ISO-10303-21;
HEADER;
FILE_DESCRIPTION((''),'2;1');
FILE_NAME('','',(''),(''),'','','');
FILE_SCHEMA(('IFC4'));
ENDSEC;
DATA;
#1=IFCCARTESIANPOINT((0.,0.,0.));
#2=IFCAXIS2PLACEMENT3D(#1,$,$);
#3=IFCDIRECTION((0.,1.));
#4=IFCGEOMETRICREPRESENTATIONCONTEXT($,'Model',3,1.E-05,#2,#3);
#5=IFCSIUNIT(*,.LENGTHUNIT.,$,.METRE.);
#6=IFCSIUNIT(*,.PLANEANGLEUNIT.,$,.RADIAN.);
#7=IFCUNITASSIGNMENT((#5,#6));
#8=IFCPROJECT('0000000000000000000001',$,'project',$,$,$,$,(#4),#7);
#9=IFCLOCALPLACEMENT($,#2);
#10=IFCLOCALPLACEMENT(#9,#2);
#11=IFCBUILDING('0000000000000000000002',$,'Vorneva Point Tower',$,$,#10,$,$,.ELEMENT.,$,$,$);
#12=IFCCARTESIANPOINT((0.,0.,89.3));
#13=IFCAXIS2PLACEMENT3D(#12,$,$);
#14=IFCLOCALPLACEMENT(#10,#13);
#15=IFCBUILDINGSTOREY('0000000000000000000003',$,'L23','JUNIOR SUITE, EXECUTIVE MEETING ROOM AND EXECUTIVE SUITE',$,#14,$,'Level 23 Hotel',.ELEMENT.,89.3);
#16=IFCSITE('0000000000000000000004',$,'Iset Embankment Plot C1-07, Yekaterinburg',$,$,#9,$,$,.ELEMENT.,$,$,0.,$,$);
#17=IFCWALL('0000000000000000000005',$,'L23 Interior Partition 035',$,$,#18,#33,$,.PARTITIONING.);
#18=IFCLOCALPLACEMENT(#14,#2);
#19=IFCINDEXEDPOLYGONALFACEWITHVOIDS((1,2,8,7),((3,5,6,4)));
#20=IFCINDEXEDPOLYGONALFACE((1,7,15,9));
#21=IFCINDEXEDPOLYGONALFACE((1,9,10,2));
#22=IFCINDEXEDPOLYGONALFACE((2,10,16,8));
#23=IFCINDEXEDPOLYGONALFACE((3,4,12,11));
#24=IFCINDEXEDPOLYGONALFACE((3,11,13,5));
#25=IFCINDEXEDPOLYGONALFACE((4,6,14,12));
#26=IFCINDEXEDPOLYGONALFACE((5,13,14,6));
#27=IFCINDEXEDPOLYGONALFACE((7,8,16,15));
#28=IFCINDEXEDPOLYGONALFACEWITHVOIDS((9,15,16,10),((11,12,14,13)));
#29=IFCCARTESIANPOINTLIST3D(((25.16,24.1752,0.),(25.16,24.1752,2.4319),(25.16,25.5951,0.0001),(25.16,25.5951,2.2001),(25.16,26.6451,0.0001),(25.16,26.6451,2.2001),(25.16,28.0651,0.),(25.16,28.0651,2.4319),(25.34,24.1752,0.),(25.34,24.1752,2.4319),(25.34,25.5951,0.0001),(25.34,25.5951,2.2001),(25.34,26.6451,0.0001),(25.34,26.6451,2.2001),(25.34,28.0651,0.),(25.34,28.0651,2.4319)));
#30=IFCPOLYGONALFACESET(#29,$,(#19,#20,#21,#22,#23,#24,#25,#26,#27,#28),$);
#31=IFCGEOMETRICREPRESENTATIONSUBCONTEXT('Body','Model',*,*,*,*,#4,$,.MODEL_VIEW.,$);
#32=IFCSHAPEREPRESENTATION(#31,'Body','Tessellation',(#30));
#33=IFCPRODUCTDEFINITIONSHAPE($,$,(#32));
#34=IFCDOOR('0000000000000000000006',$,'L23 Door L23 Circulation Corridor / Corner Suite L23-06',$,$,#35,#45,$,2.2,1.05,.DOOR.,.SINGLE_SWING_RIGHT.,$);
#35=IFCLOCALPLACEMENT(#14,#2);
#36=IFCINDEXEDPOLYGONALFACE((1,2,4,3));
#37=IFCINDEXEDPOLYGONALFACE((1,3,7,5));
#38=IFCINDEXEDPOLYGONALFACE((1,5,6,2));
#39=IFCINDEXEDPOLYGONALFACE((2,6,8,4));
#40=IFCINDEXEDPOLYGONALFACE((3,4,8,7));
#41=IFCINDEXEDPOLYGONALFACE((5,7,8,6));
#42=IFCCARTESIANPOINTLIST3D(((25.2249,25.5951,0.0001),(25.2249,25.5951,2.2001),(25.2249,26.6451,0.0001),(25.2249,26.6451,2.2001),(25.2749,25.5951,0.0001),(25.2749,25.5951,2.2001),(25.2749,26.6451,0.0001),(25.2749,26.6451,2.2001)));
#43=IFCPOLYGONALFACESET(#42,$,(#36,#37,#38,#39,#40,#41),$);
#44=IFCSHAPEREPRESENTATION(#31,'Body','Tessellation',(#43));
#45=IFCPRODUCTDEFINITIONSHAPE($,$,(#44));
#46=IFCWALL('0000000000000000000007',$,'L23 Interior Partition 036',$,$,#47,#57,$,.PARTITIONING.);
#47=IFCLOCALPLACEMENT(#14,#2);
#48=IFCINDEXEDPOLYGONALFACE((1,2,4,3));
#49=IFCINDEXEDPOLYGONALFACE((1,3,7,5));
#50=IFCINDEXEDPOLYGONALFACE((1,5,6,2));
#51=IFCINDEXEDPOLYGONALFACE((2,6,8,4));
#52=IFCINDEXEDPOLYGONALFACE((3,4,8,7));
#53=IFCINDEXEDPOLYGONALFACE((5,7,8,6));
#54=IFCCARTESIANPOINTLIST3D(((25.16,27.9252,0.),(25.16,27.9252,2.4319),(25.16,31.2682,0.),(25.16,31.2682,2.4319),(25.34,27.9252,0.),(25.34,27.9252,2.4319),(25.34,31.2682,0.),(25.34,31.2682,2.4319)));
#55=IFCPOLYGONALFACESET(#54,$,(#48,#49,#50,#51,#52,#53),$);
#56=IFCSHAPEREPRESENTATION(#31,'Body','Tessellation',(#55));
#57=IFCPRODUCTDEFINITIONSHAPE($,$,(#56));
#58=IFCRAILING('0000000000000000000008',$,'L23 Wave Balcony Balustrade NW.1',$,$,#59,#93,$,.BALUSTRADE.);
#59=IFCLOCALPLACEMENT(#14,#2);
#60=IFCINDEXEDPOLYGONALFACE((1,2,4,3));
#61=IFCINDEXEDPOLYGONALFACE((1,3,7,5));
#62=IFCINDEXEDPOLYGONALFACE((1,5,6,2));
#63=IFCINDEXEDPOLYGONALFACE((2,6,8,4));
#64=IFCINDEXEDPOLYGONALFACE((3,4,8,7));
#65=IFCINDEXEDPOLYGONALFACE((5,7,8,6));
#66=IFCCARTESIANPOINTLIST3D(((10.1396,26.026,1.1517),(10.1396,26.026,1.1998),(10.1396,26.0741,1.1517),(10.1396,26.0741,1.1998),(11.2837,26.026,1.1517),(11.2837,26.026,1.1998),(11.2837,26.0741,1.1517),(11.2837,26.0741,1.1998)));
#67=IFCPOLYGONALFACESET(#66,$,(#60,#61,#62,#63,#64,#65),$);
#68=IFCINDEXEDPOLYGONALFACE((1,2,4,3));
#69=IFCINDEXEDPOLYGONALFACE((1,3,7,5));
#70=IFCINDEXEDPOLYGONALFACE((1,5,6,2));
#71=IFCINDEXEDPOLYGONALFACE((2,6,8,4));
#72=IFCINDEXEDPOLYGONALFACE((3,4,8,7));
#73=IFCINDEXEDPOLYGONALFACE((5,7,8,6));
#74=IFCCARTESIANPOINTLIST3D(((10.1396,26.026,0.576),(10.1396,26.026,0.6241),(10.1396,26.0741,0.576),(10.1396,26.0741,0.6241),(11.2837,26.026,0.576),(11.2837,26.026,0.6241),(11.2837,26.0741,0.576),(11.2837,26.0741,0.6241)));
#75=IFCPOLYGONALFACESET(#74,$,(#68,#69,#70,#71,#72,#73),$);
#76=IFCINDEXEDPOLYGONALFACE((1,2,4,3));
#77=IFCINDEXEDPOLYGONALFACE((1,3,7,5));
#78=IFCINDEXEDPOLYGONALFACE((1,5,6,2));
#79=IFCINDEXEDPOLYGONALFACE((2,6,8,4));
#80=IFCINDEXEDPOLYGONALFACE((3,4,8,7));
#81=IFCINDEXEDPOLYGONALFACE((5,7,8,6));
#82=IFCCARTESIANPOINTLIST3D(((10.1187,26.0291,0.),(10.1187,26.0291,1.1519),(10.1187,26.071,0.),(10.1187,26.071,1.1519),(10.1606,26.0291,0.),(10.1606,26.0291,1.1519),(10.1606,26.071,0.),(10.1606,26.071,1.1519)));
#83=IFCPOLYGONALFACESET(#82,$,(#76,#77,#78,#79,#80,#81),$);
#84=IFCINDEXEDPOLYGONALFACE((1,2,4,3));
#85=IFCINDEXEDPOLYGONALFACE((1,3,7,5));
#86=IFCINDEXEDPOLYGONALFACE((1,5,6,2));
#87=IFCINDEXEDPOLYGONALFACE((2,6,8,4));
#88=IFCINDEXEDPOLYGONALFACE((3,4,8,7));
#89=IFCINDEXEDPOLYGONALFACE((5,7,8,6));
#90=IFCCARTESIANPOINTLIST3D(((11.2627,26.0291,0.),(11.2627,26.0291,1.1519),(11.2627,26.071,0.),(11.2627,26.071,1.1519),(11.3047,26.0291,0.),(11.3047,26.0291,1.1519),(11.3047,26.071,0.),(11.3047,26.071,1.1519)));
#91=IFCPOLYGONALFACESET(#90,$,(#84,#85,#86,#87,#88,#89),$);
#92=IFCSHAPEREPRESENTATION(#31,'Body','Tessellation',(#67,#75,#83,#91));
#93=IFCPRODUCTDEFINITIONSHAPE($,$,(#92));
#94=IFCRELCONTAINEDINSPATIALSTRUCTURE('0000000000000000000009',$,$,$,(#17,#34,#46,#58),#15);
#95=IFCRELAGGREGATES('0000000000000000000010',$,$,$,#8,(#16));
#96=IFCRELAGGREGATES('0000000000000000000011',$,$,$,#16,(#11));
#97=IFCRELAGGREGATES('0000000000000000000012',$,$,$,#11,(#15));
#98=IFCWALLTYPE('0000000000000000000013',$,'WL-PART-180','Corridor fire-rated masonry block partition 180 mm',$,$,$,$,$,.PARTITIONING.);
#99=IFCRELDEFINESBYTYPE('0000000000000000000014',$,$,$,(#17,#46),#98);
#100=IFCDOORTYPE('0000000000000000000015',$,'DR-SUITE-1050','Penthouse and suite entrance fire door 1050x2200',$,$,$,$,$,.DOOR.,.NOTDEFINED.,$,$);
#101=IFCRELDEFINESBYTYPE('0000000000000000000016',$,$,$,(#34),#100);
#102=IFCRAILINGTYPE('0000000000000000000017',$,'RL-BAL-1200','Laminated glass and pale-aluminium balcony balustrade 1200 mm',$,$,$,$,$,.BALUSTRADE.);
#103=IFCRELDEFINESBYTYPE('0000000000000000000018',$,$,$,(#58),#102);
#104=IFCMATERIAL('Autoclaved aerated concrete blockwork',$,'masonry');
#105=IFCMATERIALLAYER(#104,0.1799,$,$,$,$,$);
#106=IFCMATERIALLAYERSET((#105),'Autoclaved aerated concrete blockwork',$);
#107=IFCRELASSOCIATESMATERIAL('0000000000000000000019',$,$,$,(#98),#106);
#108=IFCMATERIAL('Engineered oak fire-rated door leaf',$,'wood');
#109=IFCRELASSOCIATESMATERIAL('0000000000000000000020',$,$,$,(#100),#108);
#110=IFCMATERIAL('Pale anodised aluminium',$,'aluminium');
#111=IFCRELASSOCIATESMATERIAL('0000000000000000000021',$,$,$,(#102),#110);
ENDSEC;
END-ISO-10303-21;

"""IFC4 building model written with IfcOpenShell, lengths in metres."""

from ifc_helpers import new_model, si_unit, direction, frame, frame_2d, origin, origin_2d, place, context, subcontext, project, spatial, rectangle, extrude, material, layer, layer_set, type_object, element, fill, save


model = new_model("IFC4")

# Units and contexts
model_context = context("Model", 3, precision=1e-05, world=origin(), true_north=direction((0.0, 1.0)))
body_context = subcontext(model_context, "Body", "Model", "MODEL_VIEW")
ifc_project = project(units=[si_unit("LENGTHUNIT", "METRE"), si_unit("PLANEANGLEUNIT", "RADIAN")], contexts=[model_context])

# Site, building, storey
site_placement = place(None, origin())
site = spatial("IfcSite", under=ifc_project, at=site_placement, Name="Iset Embankment Plot C1-07, Yekaterinburg", CompositionType="ELEMENT", RefElevation=0.0)
building_placement = place(site_placement, origin())
building = spatial("IfcBuilding", under=site, at=building_placement, Name="Vorneva Point Tower", CompositionType="ELEMENT")
storey_placement = place(building_placement, frame((0.0, 0.0, 89.3)))
storey = spatial("IfcBuildingStorey", under=building, at=storey_placement, Name="L23", Description="JUNIOR SUITE, EXECUTIVE MEETING ROOM AND EXECUTIVE SUITE", LongName="Level 23 Hotel", CompositionType="ELEMENT", Elevation=89.3)

# Shared definitions
ifc_material_1 = material(Name="Pale anodised aluminium", Category="aluminium")

# Shared definitions
ifc_material_2 = material(Name="Engineered oak fire-rated door leaf", Category="wood")

# Wall, opening, door
ifc_material_3 = material(Name="Autoclaved aerated concrete blockwork", Category="masonry")
ifc_layer_1 = layer(ifc_material_3, 0.1799)
ifc_layer_set_1 = layer_set([ifc_layer_1], Name="Autoclaved aerated concrete blockwork")
wall_type_1 = type_object("IfcWallType", Name="WL-PART-180", Description="Corridor fire-rated masonry block partition 180 mm", PredefinedType="PARTITIONING", material=ifc_layer_set_1)
wall_1_placement = place(storey_placement, frame((25.25, 28.0649, 0.0), z_axis=(0.0, 0.0, 1.0), x_axis=(0.0, -1.0, 0.0)))
wall_1 = element("IfcWall", 1, at=wall_1_placement, inside=storey, type_object=wall_type_1, Name="L23 Interior Partition 035", PredefinedType="PARTITIONING", context=body_context, shape_type="SweptSolid", body=[
    extrude(rectangle(XDim=3.8899, YDim=0.1799, at=frame_2d((1.9448, 0.0))), origin(), (0.0, 0.0, 1.0), 2.4319),
])
opening_1_placement = place(wall_1_placement, frame((1.4199, 0.0, 0.0)))
opening_1 = element("IfcOpeningElement", 2, at=opening_1_placement, cuts=wall_1, PredefinedType="OPENING", context=body_context, shape_type="SweptSolid", body=[
    extrude(rectangle(XDim=1.05, YDim=2.2, at=frame_2d((0.5249, 1.1001))), frame((0.0, 0.105, 0.0), z_axis=(0.0, -1.0, 0.0), x_axis=(1.0, 0.0, 0.0)), (0.0, 0.0, 1.0), 0.2097),
])
door_type_1 = type_object("IfcDoorType", Name="DR-SUITE-1050", Description="Penthouse and suite entrance fire door 1050x2200", OperationType="NOTDEFINED", PredefinedType="DOOR", material=ifc_material_2)
door_1_placement = place(opening_1_placement, origin())
door_1 = element("IfcDoor", 3, at=door_1_placement, inside=storey, type_object=door_type_1, Name="L23 Door L23 Circulation Corridor / Corner Suite L23-06", OperationType="SINGLE_SWING_RIGHT", OverallHeight=2.2, OverallWidth=1.05, PredefinedType="DOOR", context=body_context, shape_type="SweptSolid", body=[
    extrude(rectangle(XDim=1.05, YDim=2.2, at=frame_2d((0.5249, 1.1001))), frame((0.0, 0.0249, 0.0), z_axis=(0.0, -1.0, 0.0), x_axis=(1.0, 0.0, 0.0)), (0.0, 0.0, 1.0), 0.05),
])
fill(opening_1, door_1)

# Wall
wall_2_placement = place(storey_placement, frame((25.25, 31.2681, 0.0), z_axis=(0.0, 0.0, 1.0), x_axis=(0.0, -1.0, 0.0)))
element("IfcWall", 4, at=wall_2_placement, inside=storey, type_object=wall_type_1, Name="L23 Interior Partition 036", PredefinedType="PARTITIONING", context=body_context, shape_type="SweptSolid", body=[
    extrude(rectangle(XDim=3.343, YDim=0.1799, at=frame_2d((1.6714, 0.0))), origin(), (0.0, 0.0, 1.0), 2.4319),
])

# Railing
railing_type = type_object("IfcRailingType", Name="RL-BAL-1200", Description="Laminated glass and pale-aluminium balcony balustrade 1200 mm", PredefinedType="BALUSTRADE", material=ifc_material_1)
railing_placement = place(storey_placement, frame((10.1396, 26.05, 0.0)))
element("IfcRailing", 5, at=railing_placement, inside=storey, type_object=railing_type, Name="L23 Wave Balcony Balustrade NW.1", PredefinedType="BALUSTRADE", context=body_context, shape_type="SweptSolid", body=[
    extrude(rectangle(XDim=0.0481, YDim=0.0481, at=origin_2d()), frame((0.0, 0.0, 1.1758), z_axis=(1.0, 0.0, 0.0), x_axis=(0.0, 1.0, 0.0)), (0.0, 0.0, 1.0), 1.144),
    extrude(rectangle(XDim=0.0481, YDim=0.0481, at=origin_2d()), frame((0.0, 0.0, 0.6001), z_axis=(1.0, 0.0, 0.0), x_axis=(0.0, 1.0, 0.0)), (0.0, 0.0, 1.0), 1.144),
    extrude(rectangle(XDim=0.042, YDim=0.042, at=origin_2d()), origin(), (0.0, 0.0, 1.0), 1.1519),
    extrude(rectangle(XDim=0.042, YDim=0.042, at=origin_2d()), frame((1.144, 0.0, 0.0)), (0.0, 0.0, 1.0), 1.1519),
])

save(model, "model.ifc")
